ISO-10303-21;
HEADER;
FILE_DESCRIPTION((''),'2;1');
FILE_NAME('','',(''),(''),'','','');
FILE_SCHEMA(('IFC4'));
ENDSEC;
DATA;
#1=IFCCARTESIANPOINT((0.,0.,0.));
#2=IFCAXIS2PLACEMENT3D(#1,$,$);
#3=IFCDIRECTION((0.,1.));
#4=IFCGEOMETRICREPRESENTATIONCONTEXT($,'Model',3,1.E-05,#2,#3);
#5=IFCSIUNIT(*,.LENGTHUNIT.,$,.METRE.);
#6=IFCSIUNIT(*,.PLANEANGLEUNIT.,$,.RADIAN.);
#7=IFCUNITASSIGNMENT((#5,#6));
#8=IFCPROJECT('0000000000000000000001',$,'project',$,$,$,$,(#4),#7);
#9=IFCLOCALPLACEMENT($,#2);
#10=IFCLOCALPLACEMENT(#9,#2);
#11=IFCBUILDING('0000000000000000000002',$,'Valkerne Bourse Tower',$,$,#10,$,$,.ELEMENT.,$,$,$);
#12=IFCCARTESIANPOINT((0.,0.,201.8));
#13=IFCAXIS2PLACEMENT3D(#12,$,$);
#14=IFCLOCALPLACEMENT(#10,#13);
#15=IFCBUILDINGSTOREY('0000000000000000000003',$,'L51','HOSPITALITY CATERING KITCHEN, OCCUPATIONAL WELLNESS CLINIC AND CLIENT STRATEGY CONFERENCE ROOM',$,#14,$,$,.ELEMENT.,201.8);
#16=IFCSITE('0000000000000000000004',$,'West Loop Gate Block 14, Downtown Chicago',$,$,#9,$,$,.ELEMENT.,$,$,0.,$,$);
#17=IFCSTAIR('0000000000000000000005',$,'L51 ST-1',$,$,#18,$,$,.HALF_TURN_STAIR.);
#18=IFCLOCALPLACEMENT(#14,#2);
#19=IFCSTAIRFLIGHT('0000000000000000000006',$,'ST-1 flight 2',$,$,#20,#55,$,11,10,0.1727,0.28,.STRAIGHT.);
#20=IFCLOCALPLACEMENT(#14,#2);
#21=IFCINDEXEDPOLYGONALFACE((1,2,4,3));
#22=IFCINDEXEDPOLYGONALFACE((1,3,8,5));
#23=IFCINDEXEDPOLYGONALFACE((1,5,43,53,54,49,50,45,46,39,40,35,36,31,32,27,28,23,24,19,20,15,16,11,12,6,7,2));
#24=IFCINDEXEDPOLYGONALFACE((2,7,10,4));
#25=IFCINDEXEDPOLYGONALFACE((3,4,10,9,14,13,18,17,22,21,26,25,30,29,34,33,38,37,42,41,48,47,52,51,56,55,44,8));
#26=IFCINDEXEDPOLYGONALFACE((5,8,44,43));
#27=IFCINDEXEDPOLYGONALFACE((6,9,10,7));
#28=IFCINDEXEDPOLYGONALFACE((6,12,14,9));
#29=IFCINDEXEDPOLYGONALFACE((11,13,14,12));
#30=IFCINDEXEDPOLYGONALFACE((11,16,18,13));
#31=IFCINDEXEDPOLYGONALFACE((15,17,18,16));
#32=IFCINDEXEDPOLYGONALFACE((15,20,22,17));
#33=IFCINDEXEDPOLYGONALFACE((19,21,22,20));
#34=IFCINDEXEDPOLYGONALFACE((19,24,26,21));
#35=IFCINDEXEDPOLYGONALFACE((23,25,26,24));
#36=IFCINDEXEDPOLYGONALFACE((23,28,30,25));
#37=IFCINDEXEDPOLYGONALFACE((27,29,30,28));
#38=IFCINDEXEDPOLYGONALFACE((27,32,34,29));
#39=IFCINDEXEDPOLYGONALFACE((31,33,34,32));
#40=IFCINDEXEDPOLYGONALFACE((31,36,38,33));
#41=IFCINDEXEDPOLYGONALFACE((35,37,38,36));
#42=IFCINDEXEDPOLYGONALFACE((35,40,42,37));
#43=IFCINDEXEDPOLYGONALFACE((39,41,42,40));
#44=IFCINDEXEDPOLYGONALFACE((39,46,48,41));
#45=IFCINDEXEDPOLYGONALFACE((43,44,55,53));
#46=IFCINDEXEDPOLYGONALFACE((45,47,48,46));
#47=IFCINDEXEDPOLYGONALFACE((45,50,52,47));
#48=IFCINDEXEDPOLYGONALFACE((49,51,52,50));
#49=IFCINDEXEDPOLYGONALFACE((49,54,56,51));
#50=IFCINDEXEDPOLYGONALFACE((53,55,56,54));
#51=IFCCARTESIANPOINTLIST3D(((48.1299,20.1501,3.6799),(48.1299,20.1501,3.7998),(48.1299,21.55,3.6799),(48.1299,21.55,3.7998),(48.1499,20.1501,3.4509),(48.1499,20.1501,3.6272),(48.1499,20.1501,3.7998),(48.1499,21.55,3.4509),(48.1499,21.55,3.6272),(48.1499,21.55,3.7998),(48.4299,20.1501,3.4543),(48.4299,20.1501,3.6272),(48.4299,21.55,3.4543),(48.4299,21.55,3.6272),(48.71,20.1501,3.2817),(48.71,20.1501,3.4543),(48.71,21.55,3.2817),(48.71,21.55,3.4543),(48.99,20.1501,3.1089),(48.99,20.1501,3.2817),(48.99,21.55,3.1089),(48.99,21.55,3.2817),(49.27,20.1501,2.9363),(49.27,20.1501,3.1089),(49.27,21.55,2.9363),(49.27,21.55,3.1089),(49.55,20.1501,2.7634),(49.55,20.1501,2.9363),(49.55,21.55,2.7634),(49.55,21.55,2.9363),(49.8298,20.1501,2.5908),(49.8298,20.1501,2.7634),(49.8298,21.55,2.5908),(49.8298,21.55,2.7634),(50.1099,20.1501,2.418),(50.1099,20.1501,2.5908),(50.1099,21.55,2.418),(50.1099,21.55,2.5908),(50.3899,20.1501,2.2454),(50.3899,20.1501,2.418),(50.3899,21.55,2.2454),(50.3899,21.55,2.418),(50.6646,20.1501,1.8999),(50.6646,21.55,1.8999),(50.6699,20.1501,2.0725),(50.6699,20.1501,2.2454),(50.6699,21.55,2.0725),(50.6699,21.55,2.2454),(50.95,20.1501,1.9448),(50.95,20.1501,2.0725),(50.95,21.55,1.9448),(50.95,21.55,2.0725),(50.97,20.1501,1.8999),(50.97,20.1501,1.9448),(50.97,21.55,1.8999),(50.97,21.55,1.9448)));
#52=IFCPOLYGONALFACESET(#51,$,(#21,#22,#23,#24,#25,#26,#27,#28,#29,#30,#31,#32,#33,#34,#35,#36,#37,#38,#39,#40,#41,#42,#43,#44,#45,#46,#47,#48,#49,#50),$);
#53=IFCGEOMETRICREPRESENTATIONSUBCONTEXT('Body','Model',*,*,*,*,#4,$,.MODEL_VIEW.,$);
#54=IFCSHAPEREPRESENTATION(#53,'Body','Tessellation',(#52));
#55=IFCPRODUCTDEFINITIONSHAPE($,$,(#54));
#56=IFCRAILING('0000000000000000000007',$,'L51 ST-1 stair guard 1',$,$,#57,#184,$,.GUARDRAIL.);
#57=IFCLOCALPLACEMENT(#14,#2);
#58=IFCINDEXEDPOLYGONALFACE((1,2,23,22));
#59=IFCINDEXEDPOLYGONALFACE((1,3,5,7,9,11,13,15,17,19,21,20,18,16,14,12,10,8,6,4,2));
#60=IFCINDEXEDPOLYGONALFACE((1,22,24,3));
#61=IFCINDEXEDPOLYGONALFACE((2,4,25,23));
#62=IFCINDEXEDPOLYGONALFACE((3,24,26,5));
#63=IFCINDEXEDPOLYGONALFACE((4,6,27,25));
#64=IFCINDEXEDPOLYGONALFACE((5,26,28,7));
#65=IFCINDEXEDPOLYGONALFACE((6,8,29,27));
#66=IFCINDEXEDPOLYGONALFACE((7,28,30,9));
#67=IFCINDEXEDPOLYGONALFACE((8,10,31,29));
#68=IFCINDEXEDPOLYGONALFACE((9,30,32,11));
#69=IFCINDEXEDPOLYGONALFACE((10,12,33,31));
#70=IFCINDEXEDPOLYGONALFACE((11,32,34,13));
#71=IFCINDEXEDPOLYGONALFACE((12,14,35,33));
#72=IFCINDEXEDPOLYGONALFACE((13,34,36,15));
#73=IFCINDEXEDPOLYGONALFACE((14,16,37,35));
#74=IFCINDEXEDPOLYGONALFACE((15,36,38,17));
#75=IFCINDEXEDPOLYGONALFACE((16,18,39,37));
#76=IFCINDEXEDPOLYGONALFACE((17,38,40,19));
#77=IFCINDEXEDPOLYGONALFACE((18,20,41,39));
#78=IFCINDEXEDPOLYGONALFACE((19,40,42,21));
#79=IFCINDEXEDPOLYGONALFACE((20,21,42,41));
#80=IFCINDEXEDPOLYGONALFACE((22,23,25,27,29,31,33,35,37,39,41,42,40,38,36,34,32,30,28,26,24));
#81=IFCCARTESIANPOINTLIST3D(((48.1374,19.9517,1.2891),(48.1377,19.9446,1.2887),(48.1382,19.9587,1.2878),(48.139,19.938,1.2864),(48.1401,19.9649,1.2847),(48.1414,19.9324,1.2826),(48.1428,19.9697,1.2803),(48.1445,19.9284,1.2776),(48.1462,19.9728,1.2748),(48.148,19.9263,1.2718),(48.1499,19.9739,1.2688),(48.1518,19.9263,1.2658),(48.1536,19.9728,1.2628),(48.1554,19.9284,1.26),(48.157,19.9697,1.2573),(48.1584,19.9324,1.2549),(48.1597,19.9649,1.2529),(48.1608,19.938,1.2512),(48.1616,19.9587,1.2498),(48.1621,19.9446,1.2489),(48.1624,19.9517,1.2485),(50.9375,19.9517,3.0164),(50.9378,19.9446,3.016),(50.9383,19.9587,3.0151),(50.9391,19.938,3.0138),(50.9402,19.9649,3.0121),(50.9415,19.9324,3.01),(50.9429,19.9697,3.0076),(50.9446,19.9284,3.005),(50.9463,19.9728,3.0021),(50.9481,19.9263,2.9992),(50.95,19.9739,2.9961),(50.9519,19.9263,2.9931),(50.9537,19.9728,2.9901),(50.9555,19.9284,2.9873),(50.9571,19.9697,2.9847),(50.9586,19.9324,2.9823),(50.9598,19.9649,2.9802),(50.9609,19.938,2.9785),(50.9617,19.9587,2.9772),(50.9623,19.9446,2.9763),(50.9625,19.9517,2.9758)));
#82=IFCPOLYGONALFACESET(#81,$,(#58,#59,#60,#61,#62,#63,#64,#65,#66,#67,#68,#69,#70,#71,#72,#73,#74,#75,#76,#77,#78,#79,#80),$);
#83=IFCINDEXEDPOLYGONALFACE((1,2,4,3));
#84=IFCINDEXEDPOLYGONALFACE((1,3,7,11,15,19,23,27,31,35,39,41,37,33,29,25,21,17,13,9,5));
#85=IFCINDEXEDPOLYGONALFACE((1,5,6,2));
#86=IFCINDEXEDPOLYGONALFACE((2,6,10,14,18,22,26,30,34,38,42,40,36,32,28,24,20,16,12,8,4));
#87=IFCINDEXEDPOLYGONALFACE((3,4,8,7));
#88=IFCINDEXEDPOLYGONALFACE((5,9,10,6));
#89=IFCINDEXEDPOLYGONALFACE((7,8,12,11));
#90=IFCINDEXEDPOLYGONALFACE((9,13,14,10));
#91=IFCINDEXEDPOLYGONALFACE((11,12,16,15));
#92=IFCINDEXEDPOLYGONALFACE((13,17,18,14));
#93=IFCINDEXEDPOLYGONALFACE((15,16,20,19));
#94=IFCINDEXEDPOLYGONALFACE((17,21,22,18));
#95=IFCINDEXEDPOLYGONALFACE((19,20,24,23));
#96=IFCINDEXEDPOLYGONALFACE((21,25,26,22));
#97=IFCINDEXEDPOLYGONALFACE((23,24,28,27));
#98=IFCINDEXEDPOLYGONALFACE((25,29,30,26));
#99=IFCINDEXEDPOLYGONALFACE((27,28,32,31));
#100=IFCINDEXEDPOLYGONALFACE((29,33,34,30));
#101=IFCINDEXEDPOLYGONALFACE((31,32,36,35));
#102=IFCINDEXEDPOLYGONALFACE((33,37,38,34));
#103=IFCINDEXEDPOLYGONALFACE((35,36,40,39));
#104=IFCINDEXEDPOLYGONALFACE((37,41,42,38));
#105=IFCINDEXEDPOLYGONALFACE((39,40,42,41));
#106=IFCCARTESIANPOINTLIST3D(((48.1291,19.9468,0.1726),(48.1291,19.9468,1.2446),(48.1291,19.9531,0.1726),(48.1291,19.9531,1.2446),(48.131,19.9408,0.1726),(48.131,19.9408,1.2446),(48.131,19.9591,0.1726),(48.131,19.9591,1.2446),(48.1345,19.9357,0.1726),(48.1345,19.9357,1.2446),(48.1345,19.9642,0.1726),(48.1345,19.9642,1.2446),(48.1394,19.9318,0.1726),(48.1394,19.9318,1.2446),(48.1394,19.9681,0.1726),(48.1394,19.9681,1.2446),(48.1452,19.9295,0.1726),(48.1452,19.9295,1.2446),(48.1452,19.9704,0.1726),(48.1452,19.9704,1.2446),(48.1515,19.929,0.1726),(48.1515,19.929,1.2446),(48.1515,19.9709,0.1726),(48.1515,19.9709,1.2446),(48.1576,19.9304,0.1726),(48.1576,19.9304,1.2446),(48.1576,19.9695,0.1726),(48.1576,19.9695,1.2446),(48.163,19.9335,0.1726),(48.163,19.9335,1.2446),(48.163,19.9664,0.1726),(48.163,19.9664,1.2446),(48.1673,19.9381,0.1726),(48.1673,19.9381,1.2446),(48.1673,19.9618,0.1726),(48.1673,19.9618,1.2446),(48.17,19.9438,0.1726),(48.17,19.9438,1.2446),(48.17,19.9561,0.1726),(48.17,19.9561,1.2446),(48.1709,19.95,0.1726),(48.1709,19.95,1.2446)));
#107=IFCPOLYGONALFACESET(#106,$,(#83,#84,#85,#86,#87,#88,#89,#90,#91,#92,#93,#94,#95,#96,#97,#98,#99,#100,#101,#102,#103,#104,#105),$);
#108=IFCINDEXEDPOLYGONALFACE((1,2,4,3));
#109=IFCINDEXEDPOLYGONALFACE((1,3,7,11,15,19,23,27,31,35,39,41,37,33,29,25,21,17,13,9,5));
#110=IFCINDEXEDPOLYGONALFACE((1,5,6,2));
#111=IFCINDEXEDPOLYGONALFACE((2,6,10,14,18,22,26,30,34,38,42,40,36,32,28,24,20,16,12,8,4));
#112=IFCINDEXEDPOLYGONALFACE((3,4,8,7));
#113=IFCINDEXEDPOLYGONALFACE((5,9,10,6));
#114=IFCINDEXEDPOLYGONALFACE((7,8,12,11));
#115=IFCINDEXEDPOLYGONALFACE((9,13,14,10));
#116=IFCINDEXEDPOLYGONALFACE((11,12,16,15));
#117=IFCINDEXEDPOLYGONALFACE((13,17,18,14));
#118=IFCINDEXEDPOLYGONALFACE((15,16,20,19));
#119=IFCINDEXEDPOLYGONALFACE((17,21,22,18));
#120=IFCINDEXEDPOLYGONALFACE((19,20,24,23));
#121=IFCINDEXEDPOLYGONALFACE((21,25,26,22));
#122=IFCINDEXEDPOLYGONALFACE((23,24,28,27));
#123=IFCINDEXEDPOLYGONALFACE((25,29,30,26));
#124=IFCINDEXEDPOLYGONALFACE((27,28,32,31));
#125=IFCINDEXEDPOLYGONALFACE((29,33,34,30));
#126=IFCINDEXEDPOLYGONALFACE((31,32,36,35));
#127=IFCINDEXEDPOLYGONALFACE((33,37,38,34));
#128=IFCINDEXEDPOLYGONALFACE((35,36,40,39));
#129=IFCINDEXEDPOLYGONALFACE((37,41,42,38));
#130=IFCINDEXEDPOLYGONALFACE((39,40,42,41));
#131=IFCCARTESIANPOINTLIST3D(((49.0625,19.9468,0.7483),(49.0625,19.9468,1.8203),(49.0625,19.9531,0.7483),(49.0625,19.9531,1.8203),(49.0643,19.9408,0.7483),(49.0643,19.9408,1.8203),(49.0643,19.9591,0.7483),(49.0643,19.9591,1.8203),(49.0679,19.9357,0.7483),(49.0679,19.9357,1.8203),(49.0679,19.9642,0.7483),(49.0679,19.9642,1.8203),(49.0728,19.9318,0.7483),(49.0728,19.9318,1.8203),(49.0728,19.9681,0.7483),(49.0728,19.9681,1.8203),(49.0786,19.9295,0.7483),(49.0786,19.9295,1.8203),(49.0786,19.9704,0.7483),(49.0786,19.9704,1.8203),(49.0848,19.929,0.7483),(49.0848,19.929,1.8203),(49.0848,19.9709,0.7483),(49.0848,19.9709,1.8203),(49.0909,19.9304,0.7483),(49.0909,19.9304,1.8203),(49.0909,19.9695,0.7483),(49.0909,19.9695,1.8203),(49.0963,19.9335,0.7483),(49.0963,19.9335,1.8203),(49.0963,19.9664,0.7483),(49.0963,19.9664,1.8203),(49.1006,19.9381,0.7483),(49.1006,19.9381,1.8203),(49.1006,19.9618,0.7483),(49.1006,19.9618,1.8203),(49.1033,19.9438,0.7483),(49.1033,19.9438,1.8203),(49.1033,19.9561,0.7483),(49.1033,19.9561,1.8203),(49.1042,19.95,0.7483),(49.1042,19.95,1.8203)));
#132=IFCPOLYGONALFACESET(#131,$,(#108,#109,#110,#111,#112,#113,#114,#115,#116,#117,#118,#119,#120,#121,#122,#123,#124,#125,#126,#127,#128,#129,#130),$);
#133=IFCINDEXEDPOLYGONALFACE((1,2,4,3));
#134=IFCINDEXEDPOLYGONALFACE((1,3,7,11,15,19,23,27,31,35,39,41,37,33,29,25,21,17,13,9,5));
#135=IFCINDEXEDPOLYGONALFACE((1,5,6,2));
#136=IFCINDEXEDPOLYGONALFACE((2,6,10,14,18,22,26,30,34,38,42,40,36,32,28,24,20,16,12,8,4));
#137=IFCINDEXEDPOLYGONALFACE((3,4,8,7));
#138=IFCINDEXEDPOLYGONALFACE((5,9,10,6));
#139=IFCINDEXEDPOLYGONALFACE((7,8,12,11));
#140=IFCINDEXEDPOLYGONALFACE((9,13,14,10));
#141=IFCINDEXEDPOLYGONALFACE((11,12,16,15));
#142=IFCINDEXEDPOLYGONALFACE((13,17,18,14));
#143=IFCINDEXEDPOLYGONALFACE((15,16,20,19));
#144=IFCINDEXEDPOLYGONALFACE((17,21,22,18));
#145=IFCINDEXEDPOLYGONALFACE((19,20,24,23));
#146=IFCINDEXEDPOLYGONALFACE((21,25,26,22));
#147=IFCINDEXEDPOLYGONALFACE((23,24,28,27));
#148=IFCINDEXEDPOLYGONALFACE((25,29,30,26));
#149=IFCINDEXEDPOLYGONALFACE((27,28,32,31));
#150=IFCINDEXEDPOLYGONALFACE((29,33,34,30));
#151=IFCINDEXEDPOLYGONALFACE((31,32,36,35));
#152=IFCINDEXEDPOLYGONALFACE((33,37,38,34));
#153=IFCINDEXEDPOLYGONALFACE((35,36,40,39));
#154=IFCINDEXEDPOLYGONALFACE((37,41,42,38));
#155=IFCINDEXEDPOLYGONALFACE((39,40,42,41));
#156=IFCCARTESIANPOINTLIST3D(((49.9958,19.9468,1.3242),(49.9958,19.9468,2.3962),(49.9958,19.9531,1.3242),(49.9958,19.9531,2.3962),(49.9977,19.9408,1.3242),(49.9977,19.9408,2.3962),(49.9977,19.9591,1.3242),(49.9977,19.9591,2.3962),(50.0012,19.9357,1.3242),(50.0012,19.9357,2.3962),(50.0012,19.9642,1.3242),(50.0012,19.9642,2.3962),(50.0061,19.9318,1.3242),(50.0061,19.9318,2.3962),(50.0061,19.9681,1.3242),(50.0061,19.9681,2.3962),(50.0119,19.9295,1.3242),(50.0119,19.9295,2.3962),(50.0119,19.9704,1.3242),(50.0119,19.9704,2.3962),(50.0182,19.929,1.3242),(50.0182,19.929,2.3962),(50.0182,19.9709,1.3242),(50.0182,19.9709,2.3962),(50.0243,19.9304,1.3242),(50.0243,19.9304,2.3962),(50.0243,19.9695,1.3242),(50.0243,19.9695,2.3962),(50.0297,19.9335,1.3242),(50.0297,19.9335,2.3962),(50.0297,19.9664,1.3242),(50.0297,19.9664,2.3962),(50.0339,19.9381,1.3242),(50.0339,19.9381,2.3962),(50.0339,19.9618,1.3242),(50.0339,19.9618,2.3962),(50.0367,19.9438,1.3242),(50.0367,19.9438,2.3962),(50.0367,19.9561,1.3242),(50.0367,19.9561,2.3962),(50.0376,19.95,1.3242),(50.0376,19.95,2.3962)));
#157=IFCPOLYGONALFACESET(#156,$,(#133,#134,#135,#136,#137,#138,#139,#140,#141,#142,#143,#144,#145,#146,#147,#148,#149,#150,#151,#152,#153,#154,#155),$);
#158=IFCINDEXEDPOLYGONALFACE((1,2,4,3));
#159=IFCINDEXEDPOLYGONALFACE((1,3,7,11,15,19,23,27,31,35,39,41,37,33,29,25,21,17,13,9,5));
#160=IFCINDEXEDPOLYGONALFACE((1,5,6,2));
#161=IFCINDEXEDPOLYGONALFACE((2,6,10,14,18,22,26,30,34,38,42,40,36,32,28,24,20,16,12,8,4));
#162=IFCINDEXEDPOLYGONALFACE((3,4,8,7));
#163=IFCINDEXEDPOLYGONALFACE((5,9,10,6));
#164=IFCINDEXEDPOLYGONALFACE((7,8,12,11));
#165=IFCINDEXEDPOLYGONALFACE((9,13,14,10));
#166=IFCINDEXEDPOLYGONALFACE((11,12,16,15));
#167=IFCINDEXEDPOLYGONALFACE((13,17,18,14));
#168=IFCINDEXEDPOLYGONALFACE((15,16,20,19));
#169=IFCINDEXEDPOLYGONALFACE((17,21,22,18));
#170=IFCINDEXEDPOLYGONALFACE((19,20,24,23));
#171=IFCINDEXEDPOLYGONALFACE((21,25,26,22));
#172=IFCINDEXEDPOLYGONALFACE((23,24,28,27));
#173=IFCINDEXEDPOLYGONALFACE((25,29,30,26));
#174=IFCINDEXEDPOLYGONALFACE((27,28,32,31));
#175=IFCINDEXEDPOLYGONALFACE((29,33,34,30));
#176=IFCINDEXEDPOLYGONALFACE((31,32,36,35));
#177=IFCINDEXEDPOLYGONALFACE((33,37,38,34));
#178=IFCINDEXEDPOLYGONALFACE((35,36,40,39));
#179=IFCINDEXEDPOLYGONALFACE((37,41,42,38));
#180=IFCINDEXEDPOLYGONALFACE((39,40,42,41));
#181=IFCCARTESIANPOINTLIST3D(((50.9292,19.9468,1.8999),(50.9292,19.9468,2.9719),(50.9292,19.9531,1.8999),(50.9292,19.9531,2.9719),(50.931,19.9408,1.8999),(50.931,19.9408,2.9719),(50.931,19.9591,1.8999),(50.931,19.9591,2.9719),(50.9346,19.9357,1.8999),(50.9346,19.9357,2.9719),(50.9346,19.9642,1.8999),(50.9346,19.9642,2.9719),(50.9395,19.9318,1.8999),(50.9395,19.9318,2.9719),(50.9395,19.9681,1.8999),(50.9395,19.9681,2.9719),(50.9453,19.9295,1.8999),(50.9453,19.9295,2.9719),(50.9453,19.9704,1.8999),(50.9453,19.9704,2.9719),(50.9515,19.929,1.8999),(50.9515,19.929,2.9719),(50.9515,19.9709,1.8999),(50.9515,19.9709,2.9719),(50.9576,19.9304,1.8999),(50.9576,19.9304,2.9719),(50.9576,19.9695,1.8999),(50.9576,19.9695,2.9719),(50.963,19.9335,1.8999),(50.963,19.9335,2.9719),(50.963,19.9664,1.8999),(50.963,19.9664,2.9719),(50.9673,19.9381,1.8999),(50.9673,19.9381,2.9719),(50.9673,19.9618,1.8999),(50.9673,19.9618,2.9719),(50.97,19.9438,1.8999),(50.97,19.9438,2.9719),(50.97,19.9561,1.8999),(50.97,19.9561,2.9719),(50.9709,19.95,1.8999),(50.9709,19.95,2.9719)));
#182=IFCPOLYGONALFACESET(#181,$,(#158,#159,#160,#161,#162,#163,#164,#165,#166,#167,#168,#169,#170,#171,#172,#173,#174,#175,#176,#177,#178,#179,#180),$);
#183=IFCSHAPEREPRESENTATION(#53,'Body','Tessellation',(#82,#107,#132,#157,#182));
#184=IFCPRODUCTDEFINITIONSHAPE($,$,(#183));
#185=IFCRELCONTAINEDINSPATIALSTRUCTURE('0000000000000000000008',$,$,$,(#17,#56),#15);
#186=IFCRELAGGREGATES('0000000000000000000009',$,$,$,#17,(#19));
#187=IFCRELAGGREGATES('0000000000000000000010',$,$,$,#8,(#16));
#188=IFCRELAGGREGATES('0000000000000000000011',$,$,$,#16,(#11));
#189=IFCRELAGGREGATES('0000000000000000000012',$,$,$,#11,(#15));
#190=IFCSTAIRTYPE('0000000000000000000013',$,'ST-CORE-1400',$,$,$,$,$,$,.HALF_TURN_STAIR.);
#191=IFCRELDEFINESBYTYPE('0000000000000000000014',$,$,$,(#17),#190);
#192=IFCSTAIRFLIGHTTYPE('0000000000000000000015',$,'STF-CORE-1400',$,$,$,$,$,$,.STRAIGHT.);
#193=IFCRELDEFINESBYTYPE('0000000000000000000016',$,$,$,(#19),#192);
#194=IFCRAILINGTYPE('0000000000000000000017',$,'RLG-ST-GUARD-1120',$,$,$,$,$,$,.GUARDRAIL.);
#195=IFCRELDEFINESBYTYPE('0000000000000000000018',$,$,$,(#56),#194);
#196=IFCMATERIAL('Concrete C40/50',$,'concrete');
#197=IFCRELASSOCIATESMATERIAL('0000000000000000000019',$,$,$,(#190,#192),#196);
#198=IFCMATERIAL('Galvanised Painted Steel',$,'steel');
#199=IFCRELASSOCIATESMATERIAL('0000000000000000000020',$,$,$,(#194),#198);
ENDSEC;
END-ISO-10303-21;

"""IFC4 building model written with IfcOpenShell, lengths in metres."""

from ifc_helpers import new_model, si_unit, direction, frame, origin, origin_2d, place, context, subcontext, project, spatial, polyline, circle, outline, extrude, material, type_object, element, aggregate, save


model = new_model("IFC4")

# Units and contexts
model_context = context("Model", 3, precision=1e-05, world=origin(), true_north=direction((0.0, 1.0)))
body_context = subcontext(model_context, "Body", "Model", "MODEL_VIEW")
ifc_project = project(units=[si_unit("LENGTHUNIT", "METRE"), si_unit("PLANEANGLEUNIT", "RADIAN")], contexts=[model_context])

# Site, building, storey
site_placement = place(None, origin())
site = spatial("IfcSite", under=ifc_project, at=site_placement, Name="West Loop Gate Block 14, Downtown Chicago", CompositionType="ELEMENT", RefElevation=0.0)
building_placement = place(site_placement, origin())
building = spatial("IfcBuilding", under=site, at=building_placement, Name="Valkerne Bourse Tower", CompositionType="ELEMENT")
storey_placement = place(building_placement, frame((0.0, 0.0, 201.8)))
storey = spatial("IfcBuildingStorey", under=building, at=storey_placement, Name="L51", Description="HOSPITALITY CATERING KITCHEN, OCCUPATIONAL WELLNESS CLINIC AND CLIENT STRATEGY CONFERENCE ROOM", CompositionType="ELEMENT", Elevation=201.8)

# Shared definitions
ifc_material_1 = material(Name="Galvanised Painted Steel", Category="steel")

# Shared definitions
ifc_material_2 = material(Name="Concrete C40/50", Category="concrete")

# Stair, stair flight
stair_type = type_object("IfcStairType", Name="ST-CORE-1400", PredefinedType="HALF_TURN_STAIR", material=ifc_material_2)
stair_placement = place(storey_placement, origin())
stair = element("IfcStair", 1, at=stair_placement, inside=storey, type_object=stair_type, Name="L51 ST-1", PredefinedType="HALF_TURN_STAIR")
stair_flight_type = type_object("IfcStairFlightType", Name="STF-CORE-1400", PredefinedType="STRAIGHT", material=ifc_material_2)
stair_flight_1_placement = place(storey_placement, frame((50.95, 20.8501, 1.8999), z_axis=(0.0, 0.0, 1.0), x_axis=(-1.0, 0.0, 0.0)))
stair_flight_1 = element("IfcStairFlight", 2, at=stair_flight_1_placement, type_object=stair_flight_type, Name="ST-1 flight 2", NumberOfRisers=11, NumberOfTreads=10, PredefinedType="STRAIGHT", RiserHeight=0.1727, TreadLength=0.28, context=body_context, shape_type="SweptSolid", body=[
    extrude(outline(polyline([(-0.02, 0.0), (-0.02, 0.0449), (0.0, 0.0449), (0.0, 0.1726), (0.28, 0.1726), (0.28, 0.3455), (0.5601, 0.3455), (0.5601, 0.5181), (0.8401, 0.5181), (0.8401, 0.6909), (1.1201, 0.6909), (1.1201, 0.8635), (1.3999, 0.8635), (1.3999, 1.0364), (1.6799, 1.0364), (1.6799, 1.209), (1.96, 1.209), (1.96, 1.3818), (2.24, 1.3818), (2.24, 1.5544), (2.52, 1.5544), (2.52, 1.7273), (2.8, 1.7273), (2.8, 1.8999), (2.8201, 1.8999), (2.8201, 1.78), (2.8, 1.551), (0.2854, 0.0), (-0.02, 0.0)])), frame((0.0, 0.7, 0.0), z_axis=(0.0, -1.0, 0.0), x_axis=(1.0, 0.0, 0.0)), (0.0, 0.0, 1.0), 1.3999),
])
aggregate(stair, [stair_flight_1])

# Railing
railing_type_1 = type_object("IfcRailingType", Name="RLG-ST-GUARD-1120", PredefinedType="GUARDRAIL", material=ifc_material_1)
railing_1_placement = place(storey_placement, frame((48.1499, 19.95, 0.1726)))
element("IfcRailing", 3, at=railing_1_placement, inside=storey, type_object=railing_type_1, Name="L51 ST-1 stair guard 1", PredefinedType="GUARDRAIL", context=body_context, shape_type="SweptSolid", body=[
    extrude(circle(Radius=0.0239, at=origin_2d()), frame((0.0, 0.0, 1.0962), z_axis=(0.85109, 0.0, 0.52502), x_axis=(0.0, 1.0, 0.0)), (0.0, 0.0, 1.0), 3.29),
    extrude(circle(Radius=0.021, at=origin_2d()), origin(), (0.0, 0.0, 1.0), 1.072),
    extrude(circle(Radius=0.021, at=origin_2d()), frame((0.9333, 0.0, 0.5757)), (0.0, 0.0, 1.0), 1.072),
    extrude(circle(Radius=0.021, at=origin_2d()), frame((1.8667, 0.0, 1.1516)), (0.0, 0.0, 1.0), 1.072),
    extrude(circle(Radius=0.021, at=origin_2d()), frame((2.8, 0.0, 1.7273)), (0.0, 0.0, 1.0), 1.072),
])

save(model, "model.ifc")
